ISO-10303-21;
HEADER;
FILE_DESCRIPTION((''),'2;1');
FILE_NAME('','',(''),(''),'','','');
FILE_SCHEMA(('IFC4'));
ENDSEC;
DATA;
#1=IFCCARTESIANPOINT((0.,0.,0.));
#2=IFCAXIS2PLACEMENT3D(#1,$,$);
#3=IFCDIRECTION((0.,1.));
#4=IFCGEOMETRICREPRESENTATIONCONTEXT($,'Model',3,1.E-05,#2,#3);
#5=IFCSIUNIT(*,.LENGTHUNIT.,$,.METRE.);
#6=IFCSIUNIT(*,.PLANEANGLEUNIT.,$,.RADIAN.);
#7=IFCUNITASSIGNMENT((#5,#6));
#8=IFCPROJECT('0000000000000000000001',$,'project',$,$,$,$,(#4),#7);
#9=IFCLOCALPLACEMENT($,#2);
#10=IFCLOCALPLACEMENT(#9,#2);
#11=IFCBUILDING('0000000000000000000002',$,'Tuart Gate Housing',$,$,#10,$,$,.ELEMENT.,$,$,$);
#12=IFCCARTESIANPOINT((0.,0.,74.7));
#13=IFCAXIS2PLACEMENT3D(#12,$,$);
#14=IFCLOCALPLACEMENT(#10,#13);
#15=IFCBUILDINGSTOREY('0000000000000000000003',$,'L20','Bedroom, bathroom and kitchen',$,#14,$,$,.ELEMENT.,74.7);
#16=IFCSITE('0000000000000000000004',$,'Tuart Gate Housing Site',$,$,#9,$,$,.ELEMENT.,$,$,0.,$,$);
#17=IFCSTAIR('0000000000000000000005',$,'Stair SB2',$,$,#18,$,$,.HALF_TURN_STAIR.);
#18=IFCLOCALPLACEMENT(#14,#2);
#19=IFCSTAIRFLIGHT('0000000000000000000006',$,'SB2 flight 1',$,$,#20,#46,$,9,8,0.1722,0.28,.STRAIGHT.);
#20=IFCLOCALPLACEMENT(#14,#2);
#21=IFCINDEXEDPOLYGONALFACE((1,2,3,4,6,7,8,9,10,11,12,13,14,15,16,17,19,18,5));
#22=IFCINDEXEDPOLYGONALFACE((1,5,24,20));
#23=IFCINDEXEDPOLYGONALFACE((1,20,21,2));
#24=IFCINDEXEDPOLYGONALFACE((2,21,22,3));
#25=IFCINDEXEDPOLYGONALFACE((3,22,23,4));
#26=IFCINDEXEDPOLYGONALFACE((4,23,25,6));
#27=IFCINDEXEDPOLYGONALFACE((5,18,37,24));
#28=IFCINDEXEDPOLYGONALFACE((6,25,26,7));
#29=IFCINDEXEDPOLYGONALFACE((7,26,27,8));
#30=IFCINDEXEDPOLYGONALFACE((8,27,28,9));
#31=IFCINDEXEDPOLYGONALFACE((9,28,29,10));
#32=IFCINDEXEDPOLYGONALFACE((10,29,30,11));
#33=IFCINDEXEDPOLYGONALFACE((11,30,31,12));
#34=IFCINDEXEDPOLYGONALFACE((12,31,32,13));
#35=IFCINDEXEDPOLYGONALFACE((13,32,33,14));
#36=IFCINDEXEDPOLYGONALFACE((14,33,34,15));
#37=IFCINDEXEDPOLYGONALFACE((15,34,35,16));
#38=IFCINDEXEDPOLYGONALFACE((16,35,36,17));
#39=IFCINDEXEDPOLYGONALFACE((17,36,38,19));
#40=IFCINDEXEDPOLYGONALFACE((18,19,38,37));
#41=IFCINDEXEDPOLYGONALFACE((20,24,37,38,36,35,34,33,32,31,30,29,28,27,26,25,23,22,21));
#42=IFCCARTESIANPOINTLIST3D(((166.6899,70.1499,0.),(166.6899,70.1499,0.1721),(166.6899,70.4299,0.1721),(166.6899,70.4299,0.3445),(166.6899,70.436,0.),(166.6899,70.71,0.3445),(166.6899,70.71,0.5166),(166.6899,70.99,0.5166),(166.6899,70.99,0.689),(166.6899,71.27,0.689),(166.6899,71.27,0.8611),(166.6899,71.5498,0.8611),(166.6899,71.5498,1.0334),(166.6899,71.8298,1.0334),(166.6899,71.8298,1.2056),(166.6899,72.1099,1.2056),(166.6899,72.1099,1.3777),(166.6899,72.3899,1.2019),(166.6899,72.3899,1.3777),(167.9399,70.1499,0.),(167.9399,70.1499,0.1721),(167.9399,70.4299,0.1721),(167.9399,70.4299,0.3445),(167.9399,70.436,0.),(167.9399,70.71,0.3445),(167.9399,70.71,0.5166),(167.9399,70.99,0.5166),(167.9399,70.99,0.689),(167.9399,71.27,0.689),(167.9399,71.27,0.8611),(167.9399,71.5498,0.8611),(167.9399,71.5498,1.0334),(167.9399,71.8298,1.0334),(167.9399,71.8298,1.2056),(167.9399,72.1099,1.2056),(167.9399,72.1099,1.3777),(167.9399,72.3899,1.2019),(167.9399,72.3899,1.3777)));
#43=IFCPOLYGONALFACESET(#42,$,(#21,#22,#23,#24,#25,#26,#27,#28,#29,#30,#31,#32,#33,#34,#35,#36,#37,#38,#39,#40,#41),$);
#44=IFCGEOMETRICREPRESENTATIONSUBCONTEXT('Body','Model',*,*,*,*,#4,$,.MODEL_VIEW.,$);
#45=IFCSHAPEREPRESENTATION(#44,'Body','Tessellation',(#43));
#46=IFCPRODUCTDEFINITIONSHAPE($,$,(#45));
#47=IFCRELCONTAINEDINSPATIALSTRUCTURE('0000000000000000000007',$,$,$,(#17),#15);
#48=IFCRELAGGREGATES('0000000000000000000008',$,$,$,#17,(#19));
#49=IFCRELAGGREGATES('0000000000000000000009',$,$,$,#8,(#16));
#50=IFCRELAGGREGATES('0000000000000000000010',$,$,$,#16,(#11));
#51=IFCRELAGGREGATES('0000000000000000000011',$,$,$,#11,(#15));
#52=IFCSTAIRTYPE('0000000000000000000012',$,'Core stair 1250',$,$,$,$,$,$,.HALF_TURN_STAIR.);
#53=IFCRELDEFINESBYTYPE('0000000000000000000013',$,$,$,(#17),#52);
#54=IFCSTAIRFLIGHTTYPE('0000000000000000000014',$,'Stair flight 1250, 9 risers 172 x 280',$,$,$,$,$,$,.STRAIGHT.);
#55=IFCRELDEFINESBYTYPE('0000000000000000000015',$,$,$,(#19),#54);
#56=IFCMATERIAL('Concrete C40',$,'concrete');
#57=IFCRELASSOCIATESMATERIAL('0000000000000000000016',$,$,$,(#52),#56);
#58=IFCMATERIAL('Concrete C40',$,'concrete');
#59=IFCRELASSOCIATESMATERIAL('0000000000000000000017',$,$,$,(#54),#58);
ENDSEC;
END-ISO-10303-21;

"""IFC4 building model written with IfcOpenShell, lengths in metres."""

from ifc_helpers import new_model, si_unit, direction, frame, origin, place, context, subcontext, project, spatial, polyline, outline, extrude, material, type_object, element, aggregate, save


model = new_model("IFC4")

# Units and contexts
model_context = context("Model", 3, precision=1e-05, world=origin(), true_north=direction((0.0, 1.0)))
body_context = subcontext(model_context, "Body", "Model", "MODEL_VIEW")
ifc_project = project(units=[si_unit("LENGTHUNIT", "METRE"), si_unit("PLANEANGLEUNIT", "RADIAN")], contexts=[model_context])

# Site, building, storey
site_placement = place(None, origin())
site = spatial("IfcSite", under=ifc_project, at=site_placement, Name="Tuart Gate Housing Site", CompositionType="ELEMENT", RefElevation=0.0)
building_placement = place(site_placement, origin())
building = spatial("IfcBuilding", under=site, at=building_placement, Name="Tuart Gate Housing", CompositionType="ELEMENT")
storey_placement = place(building_placement, frame((0.0, 0.0, 74.7)))
storey = spatial("IfcBuildingStorey", under=building, at=storey_placement, Name="L20", Description="Bedroom, bathroom and kitchen", CompositionType="ELEMENT", Elevation=74.7)

# Stair, stair flight
ifc_material_1 = material(Name="Concrete C40", Category="concrete")
stair_type = type_object("IfcStairType", Name="Core stair 1250", PredefinedType="HALF_TURN_STAIR", material=ifc_material_1)
stair_placement = place(storey_placement, origin())
stair = element("IfcStair", 1, at=stair_placement, inside=storey, type_object=stair_type, Name="Stair SB2", PredefinedType="HALF_TURN_STAIR")
ifc_material_2 = material(Name="Concrete C40", Category="concrete")
stair_flight_type = type_object("IfcStairFlightType", Name="Stair flight 1250, 9 risers 172 x 280", PredefinedType="STRAIGHT", material=ifc_material_2)
stair_flight_placement = place(storey_placement, frame((167.3149, 70.1499, 0.0), z_axis=(0.0, 0.0, 1.0), x_axis=(0.0, 1.0, 0.0)))
stair_flight = element("IfcStairFlight", 2, at=stair_flight_placement, type_object=stair_flight_type, Name="SB2 flight 1", NumberOfRisers=9, NumberOfTreads=8, PredefinedType="STRAIGHT", RiserHeight=0.1722, TreadLength=0.28, context=body_context, shape_type="SweptSolid", body=[
    extrude(outline(polyline([(0.0, 0.0), (0.0, 0.1721), (0.28, 0.1721), (0.28, 0.3445), (0.5601, 0.3445), (0.5601, 0.5166), (0.8401, 0.5166), (0.8401, 0.689), (1.1201, 0.689), (1.1201, 0.8611), (1.3999, 0.8611), (1.3999, 1.0334), (1.6799, 1.0334), (1.6799, 1.2056), (1.96, 1.2056), (1.96, 1.3777), (2.24, 1.3777), (2.24, 1.55), (2.24, 1.2019), (0.2861, 0.0), (0.0, 0.0)])), frame((0.0, 0.625, 0.0), z_axis=(0.0, -1.0, 0.0), x_axis=(1.0, 0.0, 0.0)), (0.0, 0.0, 1.0), 1.25),
])
aggregate(stair, [stair_flight])

save(model, "model.ifc")
